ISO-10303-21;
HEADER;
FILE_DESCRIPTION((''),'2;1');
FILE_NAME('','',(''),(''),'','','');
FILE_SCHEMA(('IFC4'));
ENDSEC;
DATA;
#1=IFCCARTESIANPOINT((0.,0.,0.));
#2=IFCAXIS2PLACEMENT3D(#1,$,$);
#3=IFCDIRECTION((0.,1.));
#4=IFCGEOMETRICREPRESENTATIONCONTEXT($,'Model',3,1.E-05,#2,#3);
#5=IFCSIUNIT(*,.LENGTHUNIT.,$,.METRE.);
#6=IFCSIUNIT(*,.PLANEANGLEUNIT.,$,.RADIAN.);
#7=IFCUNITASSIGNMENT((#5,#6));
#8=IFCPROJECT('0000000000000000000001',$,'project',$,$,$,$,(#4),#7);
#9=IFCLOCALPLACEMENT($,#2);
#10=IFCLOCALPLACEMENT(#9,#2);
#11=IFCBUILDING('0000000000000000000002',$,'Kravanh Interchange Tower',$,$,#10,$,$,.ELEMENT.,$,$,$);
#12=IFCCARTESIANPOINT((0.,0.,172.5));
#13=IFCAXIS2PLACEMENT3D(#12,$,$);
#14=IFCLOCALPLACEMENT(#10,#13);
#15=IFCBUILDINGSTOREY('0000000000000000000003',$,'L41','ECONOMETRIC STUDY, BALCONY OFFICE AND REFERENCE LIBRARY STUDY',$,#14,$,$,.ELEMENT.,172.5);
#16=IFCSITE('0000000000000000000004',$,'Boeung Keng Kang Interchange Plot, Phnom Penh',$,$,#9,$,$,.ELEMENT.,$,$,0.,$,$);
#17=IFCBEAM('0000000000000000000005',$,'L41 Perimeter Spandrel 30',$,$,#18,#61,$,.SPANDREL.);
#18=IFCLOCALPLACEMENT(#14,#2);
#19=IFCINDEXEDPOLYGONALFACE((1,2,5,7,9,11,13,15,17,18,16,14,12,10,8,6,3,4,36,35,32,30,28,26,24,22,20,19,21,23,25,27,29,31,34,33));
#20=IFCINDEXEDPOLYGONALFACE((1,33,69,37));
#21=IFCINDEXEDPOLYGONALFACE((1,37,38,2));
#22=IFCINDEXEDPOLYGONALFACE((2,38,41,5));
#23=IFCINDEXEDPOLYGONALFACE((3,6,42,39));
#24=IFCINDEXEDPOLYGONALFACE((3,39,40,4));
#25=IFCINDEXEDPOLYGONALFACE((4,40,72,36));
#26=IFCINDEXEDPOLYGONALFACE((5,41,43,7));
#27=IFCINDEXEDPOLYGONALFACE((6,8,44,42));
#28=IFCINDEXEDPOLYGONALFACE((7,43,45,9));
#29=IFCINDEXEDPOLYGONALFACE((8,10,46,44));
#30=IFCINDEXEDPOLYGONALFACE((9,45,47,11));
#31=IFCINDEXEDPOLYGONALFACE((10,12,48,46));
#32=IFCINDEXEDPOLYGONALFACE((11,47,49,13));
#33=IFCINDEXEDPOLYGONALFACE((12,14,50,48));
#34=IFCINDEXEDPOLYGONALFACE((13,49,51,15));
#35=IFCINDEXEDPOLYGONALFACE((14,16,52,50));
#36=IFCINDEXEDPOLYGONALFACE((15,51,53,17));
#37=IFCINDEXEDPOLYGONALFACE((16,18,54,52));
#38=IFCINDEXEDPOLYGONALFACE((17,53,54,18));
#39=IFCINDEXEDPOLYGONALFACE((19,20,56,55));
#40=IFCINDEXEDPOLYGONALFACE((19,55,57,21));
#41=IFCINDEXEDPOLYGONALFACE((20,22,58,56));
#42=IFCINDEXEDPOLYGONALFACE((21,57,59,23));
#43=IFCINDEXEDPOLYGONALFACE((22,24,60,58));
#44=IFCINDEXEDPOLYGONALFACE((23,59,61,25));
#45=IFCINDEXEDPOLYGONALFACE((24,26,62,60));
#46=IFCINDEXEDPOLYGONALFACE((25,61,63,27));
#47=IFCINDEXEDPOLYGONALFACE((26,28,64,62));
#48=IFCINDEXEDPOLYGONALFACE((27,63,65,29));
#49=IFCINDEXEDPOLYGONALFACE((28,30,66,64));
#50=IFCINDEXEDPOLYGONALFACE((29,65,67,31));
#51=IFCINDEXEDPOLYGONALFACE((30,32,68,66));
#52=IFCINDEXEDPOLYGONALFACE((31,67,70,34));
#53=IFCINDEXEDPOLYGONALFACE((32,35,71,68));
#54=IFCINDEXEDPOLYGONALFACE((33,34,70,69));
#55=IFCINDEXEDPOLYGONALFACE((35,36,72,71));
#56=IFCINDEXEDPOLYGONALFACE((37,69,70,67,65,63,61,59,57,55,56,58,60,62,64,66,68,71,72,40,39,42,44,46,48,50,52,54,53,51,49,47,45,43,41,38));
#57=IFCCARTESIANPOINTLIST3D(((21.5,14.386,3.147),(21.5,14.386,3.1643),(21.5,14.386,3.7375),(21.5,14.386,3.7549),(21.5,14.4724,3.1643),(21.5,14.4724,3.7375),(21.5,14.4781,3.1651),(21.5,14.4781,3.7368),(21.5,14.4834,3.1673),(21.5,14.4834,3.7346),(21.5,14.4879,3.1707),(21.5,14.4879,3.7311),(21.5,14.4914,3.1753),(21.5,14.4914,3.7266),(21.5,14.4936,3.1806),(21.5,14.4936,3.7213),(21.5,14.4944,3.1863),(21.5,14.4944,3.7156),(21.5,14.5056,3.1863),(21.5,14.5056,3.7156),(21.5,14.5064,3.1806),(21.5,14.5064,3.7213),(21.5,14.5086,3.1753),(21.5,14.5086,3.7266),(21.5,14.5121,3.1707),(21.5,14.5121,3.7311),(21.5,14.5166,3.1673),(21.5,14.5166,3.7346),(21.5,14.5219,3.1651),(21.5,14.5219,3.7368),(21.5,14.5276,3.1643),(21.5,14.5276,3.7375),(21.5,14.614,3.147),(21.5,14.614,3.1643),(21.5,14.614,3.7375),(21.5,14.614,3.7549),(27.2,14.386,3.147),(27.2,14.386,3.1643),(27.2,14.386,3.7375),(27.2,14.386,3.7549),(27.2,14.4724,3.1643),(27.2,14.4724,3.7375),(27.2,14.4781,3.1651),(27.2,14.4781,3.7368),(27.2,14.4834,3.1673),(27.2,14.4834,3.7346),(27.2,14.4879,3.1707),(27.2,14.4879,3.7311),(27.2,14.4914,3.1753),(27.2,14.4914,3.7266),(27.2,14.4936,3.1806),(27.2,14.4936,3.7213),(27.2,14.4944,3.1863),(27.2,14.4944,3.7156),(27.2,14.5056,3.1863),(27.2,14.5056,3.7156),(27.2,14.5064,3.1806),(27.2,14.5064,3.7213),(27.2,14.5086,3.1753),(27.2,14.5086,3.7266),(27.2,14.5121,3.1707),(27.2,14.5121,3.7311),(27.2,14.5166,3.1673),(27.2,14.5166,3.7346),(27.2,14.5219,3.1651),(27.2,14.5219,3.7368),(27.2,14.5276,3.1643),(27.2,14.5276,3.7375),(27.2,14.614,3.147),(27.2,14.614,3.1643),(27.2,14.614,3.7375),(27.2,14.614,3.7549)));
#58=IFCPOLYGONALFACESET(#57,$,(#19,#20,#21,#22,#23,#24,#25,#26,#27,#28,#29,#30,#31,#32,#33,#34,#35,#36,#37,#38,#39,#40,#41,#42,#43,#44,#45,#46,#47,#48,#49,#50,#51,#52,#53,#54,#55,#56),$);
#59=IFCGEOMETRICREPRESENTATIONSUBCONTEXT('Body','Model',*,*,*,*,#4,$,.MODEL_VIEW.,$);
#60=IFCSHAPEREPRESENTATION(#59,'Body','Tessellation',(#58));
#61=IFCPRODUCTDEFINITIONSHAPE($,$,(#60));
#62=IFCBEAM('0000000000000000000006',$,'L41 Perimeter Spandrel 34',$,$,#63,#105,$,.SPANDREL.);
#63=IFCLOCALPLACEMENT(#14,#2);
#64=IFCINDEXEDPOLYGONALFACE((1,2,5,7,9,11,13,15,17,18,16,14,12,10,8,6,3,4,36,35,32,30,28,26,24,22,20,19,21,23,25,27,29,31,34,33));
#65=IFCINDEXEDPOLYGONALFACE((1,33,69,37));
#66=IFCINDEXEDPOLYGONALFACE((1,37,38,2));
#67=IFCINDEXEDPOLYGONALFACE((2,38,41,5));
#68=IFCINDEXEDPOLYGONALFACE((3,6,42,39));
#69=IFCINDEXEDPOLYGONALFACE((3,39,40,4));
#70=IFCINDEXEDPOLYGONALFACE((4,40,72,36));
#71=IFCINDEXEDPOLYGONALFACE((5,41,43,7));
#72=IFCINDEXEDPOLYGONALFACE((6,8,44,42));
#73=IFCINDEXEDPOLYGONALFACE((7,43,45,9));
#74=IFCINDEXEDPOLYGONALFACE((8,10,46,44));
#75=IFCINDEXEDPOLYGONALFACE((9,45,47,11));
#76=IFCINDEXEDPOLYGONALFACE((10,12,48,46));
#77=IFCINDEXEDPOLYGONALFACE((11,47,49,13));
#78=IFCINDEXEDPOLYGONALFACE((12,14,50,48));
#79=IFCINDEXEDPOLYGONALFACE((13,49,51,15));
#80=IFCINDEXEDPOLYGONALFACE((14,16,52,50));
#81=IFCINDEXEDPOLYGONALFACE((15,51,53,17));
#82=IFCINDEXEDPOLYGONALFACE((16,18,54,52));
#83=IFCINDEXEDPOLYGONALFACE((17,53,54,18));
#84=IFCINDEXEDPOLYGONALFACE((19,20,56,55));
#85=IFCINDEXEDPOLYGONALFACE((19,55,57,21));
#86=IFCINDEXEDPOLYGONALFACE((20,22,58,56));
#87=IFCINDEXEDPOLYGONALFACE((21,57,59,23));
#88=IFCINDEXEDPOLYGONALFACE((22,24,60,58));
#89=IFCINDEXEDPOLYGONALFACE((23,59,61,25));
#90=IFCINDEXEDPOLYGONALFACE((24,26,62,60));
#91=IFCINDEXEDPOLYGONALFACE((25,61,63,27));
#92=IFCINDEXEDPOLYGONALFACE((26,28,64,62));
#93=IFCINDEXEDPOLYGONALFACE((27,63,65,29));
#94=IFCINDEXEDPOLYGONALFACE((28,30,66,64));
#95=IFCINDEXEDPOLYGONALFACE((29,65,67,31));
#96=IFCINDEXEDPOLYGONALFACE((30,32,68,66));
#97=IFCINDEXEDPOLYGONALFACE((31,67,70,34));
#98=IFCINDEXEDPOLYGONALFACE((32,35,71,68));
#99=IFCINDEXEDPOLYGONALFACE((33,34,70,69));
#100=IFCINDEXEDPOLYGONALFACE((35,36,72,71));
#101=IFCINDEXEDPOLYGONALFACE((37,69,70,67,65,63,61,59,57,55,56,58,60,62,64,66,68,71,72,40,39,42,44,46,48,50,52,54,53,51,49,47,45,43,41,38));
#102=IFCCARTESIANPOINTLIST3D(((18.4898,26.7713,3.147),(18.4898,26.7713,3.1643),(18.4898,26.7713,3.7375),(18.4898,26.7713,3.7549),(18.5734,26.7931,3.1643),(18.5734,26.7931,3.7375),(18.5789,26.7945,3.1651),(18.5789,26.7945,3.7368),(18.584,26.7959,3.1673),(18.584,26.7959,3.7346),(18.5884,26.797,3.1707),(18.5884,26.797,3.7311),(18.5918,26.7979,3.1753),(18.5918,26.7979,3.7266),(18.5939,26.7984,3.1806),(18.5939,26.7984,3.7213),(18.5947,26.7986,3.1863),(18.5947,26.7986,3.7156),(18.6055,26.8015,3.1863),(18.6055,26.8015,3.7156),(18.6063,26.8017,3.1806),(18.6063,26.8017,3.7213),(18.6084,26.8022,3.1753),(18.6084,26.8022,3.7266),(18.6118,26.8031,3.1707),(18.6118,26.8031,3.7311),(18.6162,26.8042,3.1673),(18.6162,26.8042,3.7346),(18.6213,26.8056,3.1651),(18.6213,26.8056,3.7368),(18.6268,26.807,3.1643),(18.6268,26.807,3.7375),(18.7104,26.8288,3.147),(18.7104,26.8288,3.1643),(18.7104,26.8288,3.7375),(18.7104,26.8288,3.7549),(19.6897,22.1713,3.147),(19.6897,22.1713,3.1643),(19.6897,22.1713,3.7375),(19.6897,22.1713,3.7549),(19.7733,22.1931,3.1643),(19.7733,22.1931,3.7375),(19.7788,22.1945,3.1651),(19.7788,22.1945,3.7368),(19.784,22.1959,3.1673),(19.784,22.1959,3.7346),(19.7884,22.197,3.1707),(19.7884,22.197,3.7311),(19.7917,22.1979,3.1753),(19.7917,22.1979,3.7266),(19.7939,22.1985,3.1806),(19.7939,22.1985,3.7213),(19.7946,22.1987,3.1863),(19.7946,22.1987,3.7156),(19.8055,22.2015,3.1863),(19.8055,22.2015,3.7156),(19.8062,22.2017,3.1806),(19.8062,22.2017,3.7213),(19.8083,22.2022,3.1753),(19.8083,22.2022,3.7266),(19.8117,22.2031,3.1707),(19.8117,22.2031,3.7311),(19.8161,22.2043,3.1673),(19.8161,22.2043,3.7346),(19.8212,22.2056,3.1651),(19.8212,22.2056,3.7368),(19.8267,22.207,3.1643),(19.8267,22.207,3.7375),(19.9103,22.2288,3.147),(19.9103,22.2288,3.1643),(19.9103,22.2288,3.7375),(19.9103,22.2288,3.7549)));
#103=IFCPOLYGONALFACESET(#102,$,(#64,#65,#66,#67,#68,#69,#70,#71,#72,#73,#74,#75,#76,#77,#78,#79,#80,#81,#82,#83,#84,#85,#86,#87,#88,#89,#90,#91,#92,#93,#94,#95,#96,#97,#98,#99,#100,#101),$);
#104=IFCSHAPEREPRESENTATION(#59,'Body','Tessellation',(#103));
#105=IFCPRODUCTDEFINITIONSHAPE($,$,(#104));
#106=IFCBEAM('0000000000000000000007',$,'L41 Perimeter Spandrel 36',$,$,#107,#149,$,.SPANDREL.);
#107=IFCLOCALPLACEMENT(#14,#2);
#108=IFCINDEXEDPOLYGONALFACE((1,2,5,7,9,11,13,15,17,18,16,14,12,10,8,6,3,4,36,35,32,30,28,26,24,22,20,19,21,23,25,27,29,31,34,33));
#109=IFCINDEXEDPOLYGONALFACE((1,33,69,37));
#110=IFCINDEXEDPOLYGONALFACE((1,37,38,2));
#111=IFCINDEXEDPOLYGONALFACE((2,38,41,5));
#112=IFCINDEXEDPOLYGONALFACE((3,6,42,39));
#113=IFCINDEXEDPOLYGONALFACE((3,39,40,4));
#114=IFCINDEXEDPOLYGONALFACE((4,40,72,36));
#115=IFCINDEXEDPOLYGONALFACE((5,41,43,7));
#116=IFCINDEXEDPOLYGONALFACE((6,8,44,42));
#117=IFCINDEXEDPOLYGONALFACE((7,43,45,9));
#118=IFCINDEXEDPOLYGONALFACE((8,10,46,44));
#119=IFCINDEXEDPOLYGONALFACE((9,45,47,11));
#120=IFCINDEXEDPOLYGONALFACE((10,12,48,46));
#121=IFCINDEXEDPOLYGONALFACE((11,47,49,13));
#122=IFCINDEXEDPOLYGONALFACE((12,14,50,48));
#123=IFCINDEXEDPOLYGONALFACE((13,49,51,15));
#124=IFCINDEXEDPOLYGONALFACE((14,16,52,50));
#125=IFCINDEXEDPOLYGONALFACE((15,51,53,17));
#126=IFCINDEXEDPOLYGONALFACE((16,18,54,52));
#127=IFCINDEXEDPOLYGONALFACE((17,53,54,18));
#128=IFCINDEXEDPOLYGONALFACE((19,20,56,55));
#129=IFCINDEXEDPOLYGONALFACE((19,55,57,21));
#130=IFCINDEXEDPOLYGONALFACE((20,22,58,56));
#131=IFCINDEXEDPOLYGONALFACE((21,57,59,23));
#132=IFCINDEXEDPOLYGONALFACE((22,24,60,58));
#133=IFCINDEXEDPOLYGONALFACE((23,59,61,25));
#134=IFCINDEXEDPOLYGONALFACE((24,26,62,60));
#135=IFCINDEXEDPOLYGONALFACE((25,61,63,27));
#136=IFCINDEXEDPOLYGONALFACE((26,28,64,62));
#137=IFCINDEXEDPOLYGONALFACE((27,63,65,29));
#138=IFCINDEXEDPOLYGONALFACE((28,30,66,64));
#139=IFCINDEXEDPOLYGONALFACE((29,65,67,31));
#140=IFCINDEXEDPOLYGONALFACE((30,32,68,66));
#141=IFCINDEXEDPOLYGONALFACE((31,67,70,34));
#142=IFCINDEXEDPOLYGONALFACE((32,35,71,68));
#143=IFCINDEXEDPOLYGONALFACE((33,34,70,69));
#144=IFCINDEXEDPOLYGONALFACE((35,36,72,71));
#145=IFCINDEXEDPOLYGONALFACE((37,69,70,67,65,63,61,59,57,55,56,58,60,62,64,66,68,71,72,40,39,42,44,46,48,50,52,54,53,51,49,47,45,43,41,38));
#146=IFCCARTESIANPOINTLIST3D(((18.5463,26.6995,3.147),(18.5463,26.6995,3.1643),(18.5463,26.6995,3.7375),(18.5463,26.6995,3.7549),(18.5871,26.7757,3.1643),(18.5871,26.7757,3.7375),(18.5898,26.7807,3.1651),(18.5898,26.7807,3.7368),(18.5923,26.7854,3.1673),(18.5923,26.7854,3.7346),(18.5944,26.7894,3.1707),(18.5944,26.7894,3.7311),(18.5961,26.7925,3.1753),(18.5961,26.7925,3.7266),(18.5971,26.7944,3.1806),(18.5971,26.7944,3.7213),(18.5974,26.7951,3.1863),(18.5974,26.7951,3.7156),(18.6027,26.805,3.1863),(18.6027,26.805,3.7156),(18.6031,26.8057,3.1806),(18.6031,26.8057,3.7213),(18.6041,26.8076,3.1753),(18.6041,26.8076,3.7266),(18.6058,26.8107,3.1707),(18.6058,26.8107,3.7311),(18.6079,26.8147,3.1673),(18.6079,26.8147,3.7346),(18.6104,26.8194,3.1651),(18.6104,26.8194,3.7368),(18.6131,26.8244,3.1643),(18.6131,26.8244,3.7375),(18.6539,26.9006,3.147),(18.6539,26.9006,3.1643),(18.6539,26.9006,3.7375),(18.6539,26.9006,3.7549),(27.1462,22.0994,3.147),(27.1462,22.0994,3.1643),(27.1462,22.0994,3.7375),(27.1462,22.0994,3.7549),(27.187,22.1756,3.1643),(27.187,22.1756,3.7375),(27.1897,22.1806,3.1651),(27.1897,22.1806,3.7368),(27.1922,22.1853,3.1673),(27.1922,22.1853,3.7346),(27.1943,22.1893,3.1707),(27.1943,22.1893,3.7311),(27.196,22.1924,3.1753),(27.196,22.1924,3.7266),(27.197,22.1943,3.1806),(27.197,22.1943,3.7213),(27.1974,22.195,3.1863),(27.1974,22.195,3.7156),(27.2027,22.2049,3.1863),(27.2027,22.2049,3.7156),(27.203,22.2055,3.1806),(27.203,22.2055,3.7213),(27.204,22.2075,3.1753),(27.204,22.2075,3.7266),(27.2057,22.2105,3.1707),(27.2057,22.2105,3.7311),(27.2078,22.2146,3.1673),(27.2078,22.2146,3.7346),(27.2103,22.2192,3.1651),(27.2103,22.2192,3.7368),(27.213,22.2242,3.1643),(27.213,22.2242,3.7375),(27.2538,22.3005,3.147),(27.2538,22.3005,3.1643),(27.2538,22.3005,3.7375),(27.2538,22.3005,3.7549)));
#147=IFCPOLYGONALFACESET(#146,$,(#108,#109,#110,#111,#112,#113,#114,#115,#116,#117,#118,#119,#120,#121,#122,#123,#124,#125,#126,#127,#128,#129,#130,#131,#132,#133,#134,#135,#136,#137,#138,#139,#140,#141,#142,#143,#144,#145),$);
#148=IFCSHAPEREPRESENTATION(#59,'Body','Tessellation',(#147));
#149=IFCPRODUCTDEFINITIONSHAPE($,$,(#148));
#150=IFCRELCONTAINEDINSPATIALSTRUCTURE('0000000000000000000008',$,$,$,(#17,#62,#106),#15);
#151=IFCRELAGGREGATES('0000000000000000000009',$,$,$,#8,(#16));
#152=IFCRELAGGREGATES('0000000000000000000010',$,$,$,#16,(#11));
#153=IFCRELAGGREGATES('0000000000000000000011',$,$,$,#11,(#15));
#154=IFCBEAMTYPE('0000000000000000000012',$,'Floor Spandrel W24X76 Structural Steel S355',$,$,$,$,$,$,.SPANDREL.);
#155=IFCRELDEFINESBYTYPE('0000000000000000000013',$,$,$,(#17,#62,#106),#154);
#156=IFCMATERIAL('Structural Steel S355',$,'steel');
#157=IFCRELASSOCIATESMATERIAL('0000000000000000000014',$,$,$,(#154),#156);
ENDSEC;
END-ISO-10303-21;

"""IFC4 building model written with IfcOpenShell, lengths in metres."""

from ifc_helpers import new_model, si_unit, direction, frame, origin, origin_2d, place, context, subcontext, project, spatial, i_section, extrude, material, material_profile, profile_set, type_object, element, save


model = new_model("IFC4")

# Units and contexts
model_context = context("Model", 3, precision=1e-05, world=origin(), true_north=direction((0.0, 1.0)))
body_context = subcontext(model_context, "Body", "Model", "MODEL_VIEW")
ifc_project = project(units=[si_unit("LENGTHUNIT", "METRE"), si_unit("PLANEANGLEUNIT", "RADIAN")], contexts=[model_context])

# Site, building, storey
site_placement = place(None, origin())
site = spatial("IfcSite", under=ifc_project, at=site_placement, Name="Boeung Keng Kang Interchange Plot, Phnom Penh", CompositionType="ELEMENT", RefElevation=0.0)
building_placement = place(site_placement, origin())
building = spatial("IfcBuilding", under=site, at=building_placement, Name="Kravanh Interchange Tower", CompositionType="ELEMENT")
storey_placement = place(building_placement, frame((0.0, 0.0, 172.5)))
storey = spatial("IfcBuildingStorey", under=building, at=storey_placement, Name="L41", Description="ECONOMETRIC STUDY, BALCONY OFFICE AND REFERENCE LIBRARY STUDY", CompositionType="ELEMENT", Elevation=172.5)

# Beams
ifc_material_1 = material(Name="Structural Steel S355", Category="steel")
ifc_material_profile_1 = material_profile(ifc_material_1, i_section(OverallWidth=0.228, OverallDepth=0.6079, WebThickness=0.0112, FlangeThickness=0.0173, FilletRadius=0.022, at=origin_2d()), Name="W24X76")
ifc_profile_set_1 = profile_set([ifc_material_profile_1], Name="Structural Steel S355")
beam_type_1 = type_object("IfcBeamType", Name="Floor Spandrel W24X76 Structural Steel S355", PredefinedType="SPANDREL", material=ifc_profile_set_1)
beam_1_placement = place(storey_placement, frame((21.5, 14.5, 3.4509), z_axis=(1.0, 0.0, 0.0), x_axis=(0.0, 1.0, 0.0)))
element("IfcBeam", 1, at=beam_1_placement, inside=storey, type_object=beam_type_1, Name="L41 Perimeter Spandrel 30", PredefinedType="SPANDREL", context=body_context, shape_type="SweptSolid", body=[
    extrude(i_section(OverallWidth=0.228, OverallDepth=0.6079, WebThickness=0.0112, FlangeThickness=0.0173, FilletRadius=0.022, at=origin_2d()), origin(), (0.0, 0.0, 1.0), 5.7),
])
beam_2_placement = place(storey_placement, frame((18.6001, 26.8, 3.4509), z_axis=(0.252407, -0.967621, 0.0), x_axis=(0.967621, 0.252407, 0.0)))
element("IfcBeam", 2, at=beam_2_placement, inside=storey, type_object=beam_type_1, Name="L41 Perimeter Spandrel 34", PredefinedType="SPANDREL", context=body_context, shape_type="SweptSolid", body=[
    extrude(i_section(OverallWidth=0.228, OverallDepth=0.6079, WebThickness=0.0112, FlangeThickness=0.0173, FilletRadius=0.022, at=origin_2d()), origin(), (0.0, 0.0, 1.0), 4.7539),
])
beam_3_placement = place(storey_placement, frame((18.6001, 26.8, 3.4509), z_axis=(0.881777, -0.471666, 0.0), x_axis=(0.471666, 0.881777, 0.0)))
element("IfcBeam", 3, at=beam_3_placement, inside=storey, type_object=beam_type_1, Name="L41 Perimeter Spandrel 36", PredefinedType="SPANDREL", context=body_context, shape_type="SweptSolid", body=[
    extrude(i_section(OverallWidth=0.228, OverallDepth=0.6079, WebThickness=0.0112, FlangeThickness=0.0173, FilletRadius=0.022, at=origin_2d()), origin(), (0.0, 0.0, 1.0), 9.7529),
])

save(model, "model.ifc")
